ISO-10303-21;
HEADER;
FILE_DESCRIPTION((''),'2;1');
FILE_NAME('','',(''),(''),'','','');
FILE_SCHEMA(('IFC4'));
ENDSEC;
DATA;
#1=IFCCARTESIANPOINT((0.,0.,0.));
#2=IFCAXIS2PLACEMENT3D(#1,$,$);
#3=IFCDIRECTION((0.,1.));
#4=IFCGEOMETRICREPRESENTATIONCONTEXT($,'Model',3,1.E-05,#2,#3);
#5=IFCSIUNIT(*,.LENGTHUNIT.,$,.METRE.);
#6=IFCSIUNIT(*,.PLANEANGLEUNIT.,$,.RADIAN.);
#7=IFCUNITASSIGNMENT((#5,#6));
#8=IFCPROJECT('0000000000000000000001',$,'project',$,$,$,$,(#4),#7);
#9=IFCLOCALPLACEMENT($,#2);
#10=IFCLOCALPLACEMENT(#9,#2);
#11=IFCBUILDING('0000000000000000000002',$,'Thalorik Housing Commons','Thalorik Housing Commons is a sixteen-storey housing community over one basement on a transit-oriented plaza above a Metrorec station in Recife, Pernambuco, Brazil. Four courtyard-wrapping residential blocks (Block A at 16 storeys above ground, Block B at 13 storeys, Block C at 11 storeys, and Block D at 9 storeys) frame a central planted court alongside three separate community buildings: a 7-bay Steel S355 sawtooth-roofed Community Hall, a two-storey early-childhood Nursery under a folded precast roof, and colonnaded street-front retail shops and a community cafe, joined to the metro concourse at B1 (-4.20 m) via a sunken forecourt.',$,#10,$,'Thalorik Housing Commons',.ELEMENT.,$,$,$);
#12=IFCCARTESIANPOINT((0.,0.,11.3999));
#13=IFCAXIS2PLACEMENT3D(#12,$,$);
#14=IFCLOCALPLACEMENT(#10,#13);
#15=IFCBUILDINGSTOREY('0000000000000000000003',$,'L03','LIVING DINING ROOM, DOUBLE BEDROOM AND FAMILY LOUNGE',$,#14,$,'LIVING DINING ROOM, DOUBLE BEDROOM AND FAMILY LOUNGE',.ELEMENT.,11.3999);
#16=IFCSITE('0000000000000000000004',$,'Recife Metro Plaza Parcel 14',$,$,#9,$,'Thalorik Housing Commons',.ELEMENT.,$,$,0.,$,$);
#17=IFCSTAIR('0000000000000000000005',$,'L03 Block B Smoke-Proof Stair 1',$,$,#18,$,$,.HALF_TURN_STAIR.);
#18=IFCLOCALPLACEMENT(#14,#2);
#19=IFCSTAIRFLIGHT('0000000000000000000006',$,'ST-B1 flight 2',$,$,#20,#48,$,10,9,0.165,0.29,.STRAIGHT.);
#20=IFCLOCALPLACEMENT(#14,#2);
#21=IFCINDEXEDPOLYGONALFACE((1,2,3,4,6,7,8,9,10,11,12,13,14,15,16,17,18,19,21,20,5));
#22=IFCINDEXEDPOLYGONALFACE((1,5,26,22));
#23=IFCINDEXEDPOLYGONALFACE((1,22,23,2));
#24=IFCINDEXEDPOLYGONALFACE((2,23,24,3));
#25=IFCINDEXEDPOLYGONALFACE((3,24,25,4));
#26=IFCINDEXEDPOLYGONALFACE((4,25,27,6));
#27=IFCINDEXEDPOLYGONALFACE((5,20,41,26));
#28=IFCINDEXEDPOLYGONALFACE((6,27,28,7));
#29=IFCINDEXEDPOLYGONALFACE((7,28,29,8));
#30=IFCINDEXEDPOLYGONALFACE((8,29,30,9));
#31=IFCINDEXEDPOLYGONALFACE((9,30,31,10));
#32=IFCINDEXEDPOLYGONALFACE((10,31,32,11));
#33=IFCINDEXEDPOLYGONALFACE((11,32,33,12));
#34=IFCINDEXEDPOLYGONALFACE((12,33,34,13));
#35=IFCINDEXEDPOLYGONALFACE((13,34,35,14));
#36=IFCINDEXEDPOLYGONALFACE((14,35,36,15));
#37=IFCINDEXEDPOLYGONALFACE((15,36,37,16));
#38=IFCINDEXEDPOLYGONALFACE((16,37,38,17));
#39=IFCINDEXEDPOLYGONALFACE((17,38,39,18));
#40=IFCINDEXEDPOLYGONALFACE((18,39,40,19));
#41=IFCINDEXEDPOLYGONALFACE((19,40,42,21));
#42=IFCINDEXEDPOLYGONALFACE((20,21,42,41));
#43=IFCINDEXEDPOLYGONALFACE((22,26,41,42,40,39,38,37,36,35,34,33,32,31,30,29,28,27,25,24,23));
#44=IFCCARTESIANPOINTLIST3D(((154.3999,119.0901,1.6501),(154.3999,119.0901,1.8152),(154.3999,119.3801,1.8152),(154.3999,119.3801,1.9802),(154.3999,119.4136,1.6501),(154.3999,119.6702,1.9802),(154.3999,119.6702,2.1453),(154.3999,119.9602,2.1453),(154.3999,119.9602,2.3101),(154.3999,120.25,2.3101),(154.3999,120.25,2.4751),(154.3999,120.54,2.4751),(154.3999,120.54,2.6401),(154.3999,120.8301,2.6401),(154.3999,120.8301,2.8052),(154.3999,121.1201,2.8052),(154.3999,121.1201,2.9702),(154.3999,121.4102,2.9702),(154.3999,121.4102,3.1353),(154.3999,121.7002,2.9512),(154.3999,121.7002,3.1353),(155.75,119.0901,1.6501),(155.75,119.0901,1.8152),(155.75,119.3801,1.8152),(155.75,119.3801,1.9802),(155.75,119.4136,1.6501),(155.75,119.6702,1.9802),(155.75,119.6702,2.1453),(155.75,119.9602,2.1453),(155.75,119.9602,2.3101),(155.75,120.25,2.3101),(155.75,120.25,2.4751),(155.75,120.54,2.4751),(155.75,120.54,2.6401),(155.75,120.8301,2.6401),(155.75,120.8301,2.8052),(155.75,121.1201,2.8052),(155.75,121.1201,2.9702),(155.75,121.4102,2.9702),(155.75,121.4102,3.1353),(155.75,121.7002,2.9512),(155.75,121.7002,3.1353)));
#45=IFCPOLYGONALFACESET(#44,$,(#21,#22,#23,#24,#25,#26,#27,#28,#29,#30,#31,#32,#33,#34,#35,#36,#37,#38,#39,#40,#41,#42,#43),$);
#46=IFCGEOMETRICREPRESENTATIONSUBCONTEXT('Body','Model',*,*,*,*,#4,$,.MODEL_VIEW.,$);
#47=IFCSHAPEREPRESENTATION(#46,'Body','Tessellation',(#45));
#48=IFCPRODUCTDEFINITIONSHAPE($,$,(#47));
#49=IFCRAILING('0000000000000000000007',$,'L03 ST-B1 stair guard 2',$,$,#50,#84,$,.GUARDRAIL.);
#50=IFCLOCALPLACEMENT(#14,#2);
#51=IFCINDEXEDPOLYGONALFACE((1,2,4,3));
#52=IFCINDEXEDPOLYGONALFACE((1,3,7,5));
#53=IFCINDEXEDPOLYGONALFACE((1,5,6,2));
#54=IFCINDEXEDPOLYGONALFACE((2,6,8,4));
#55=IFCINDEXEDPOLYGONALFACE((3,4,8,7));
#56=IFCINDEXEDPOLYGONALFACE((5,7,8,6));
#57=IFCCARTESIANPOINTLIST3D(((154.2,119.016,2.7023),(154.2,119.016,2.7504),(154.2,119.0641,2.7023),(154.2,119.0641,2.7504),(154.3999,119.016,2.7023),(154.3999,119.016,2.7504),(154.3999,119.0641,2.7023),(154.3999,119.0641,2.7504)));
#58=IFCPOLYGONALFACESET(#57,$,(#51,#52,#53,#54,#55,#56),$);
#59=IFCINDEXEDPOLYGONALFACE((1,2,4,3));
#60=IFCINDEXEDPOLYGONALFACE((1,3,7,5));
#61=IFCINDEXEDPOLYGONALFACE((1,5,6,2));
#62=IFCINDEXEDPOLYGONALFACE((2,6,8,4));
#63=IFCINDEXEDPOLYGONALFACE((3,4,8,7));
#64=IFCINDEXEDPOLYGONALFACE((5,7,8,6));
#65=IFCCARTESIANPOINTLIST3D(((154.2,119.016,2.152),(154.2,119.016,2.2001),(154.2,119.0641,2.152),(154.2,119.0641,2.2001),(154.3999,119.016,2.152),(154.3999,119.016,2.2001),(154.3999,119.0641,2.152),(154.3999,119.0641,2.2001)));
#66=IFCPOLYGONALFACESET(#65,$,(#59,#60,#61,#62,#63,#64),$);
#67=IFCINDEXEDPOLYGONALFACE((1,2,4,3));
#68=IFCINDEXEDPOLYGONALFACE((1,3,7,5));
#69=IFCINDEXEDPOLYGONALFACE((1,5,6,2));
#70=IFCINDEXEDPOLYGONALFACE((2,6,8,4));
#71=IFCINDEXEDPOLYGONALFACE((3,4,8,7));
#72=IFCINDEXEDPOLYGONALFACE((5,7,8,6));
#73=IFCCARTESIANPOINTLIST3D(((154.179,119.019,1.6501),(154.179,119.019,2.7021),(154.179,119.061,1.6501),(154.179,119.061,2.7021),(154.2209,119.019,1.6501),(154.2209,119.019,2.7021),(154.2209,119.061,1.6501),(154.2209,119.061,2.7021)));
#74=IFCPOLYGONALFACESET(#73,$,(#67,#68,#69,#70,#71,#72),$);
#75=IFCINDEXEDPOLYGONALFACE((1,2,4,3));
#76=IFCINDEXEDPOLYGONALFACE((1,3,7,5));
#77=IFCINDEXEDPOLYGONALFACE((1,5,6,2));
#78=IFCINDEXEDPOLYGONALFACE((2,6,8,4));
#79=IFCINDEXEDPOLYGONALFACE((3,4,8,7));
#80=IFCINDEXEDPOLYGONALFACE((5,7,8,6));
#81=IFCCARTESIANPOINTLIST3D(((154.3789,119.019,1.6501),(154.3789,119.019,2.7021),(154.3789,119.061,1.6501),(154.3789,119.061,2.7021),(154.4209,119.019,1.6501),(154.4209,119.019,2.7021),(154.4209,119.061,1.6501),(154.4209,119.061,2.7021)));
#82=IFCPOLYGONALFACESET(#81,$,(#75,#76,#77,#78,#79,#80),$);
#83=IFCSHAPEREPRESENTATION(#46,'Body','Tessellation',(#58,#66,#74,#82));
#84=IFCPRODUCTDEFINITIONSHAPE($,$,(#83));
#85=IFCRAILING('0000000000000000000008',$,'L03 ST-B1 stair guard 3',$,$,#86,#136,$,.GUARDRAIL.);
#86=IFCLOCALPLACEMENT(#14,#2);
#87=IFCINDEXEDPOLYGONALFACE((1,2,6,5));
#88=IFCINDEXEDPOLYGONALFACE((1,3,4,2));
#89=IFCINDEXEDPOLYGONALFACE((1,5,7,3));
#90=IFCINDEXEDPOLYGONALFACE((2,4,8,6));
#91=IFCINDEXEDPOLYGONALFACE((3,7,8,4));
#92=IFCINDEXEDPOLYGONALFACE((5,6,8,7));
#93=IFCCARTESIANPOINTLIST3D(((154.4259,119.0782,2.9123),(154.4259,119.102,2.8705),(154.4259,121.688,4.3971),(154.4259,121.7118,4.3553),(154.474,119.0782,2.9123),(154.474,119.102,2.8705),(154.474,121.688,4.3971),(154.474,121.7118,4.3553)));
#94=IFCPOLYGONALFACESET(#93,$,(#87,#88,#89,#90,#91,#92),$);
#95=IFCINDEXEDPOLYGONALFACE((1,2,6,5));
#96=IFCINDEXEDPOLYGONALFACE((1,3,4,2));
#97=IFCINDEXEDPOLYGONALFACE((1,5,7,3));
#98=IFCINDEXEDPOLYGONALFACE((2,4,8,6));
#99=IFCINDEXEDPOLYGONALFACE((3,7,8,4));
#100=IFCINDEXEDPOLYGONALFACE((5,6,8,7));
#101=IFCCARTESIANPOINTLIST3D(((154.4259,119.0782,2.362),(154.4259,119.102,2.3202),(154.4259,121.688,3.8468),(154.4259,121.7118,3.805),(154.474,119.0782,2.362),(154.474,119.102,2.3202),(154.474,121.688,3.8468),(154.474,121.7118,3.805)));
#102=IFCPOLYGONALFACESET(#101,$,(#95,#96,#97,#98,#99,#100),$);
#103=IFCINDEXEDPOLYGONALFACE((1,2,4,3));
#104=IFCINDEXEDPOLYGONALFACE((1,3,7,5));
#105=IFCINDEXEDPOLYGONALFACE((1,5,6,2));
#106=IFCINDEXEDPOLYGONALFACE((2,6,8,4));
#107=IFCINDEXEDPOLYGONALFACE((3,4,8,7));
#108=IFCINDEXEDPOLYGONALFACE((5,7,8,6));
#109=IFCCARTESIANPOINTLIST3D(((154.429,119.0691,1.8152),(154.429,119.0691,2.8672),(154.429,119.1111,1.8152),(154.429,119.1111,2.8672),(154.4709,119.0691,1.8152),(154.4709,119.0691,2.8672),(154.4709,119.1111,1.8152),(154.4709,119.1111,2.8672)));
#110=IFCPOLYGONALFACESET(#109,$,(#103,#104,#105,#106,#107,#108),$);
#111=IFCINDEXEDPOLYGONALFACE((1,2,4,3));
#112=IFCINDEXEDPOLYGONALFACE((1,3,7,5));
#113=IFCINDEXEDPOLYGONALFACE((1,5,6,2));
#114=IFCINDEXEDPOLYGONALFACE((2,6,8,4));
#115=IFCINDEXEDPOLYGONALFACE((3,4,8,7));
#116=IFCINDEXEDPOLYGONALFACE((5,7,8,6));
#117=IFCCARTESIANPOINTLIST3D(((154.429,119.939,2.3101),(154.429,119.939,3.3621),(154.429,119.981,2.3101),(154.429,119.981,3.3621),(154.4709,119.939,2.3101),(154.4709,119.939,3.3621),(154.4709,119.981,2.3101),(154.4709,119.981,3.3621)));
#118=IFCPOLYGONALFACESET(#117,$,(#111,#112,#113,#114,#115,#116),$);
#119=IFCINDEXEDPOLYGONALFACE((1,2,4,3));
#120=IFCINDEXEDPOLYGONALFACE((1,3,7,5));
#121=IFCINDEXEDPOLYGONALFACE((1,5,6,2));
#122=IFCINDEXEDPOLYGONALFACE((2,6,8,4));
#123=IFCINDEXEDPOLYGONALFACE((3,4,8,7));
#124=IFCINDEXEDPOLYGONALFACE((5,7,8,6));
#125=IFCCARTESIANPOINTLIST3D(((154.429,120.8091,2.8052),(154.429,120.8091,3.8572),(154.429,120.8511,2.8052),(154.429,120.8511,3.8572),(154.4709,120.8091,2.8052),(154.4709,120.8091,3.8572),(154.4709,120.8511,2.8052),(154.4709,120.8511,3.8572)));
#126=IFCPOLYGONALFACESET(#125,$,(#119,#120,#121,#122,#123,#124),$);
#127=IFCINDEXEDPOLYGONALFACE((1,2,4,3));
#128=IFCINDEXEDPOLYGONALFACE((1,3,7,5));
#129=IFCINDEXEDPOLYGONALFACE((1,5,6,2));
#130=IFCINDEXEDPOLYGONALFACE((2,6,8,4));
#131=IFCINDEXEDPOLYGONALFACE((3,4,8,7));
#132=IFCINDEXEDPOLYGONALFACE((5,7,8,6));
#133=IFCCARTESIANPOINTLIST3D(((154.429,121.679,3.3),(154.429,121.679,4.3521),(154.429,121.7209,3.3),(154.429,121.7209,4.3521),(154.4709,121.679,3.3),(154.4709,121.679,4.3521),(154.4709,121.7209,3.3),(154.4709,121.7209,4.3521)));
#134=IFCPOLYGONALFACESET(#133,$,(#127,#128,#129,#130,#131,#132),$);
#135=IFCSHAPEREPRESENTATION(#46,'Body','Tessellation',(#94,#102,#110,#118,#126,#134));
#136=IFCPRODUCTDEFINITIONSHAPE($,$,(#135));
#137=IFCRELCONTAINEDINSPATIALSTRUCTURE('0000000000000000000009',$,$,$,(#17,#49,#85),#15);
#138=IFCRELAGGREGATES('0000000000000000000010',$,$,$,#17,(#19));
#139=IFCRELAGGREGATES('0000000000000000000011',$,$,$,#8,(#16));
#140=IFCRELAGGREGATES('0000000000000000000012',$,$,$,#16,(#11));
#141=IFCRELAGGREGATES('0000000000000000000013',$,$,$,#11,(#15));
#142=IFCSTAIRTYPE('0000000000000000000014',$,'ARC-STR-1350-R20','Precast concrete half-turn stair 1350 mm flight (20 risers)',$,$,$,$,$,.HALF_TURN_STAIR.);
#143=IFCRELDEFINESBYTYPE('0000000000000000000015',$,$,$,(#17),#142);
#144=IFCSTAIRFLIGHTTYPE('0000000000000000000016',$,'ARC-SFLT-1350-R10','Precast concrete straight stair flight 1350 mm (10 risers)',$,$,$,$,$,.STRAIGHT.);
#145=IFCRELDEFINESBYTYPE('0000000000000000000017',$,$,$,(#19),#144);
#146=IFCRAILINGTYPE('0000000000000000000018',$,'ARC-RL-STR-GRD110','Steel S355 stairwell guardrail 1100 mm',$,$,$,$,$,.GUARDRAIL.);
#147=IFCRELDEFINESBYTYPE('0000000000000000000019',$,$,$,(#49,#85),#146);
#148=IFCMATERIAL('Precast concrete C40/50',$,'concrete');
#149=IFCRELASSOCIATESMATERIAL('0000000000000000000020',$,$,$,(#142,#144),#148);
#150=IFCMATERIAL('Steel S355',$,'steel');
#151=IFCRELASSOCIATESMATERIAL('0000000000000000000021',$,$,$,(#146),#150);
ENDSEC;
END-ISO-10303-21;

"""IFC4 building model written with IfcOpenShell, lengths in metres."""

from ifc_helpers import new_model, si_unit, direction, frame, origin, origin_2d, place, context, subcontext, project, spatial, polyline, rectangle, outline, extrude, material, type_object, element, aggregate, save


model = new_model("IFC4")

# Units and contexts
model_context = context("Model", 3, precision=1e-05, world=origin(), true_north=direction((0.0, 1.0)))
body_context = subcontext(model_context, "Body", "Model", "MODEL_VIEW")
ifc_project = project(units=[si_unit("LENGTHUNIT", "METRE"), si_unit("PLANEANGLEUNIT", "RADIAN")], contexts=[model_context])

# Site, building, storey
site_placement = place(None, origin())
site = spatial("IfcSite", under=ifc_project, at=site_placement, Name="Recife Metro Plaza Parcel 14", LongName="Thalorik Housing Commons", CompositionType="ELEMENT", RefElevation=0.0)
building_placement = place(site_placement, origin())
building = spatial("IfcBuilding", under=site, at=building_placement, Name="Thalorik Housing Commons", Description="Thalorik Housing Commons is a sixteen-storey housing community over one basement on a transit-oriented plaza above a Metrorec station in Recife, Pernambuco, Brazil. Four courtyard-wrapping residential blocks (Block A at 16 storeys above ground, Block B at 13 storeys, Block C at 11 storeys, and Block D at 9 storeys) frame a central planted court alongside three separate community buildings: a 7-bay Steel S355 sawtooth-roofed Community Hall, a two-storey early-childhood Nursery under a folded precast roof, and colonnaded street-front retail shops and a community cafe, joined to the metro concourse at B1 (-4.20 m) via a sunken forecourt.", LongName="Thalorik Housing Commons", CompositionType="ELEMENT")
storey_placement = place(building_placement, frame((0.0, 0.0, 11.3999)))
storey = spatial("IfcBuildingStorey", under=building, at=storey_placement, Name="L03", Description="LIVING DINING ROOM, DOUBLE BEDROOM AND FAMILY LOUNGE", LongName="LIVING DINING ROOM, DOUBLE BEDROOM AND FAMILY LOUNGE", CompositionType="ELEMENT", Elevation=11.3999)

# Shared definitions
ifc_material_1 = material(Name="Precast concrete C40/50", Category="concrete")

# Shared definitions
ifc_material_2 = material(Name="Steel S355", Category="steel")

# Stair, stair flight
stair_type = type_object("IfcStairType", Name="ARC-STR-1350-R20", Description="Precast concrete half-turn stair 1350 mm flight (20 risers)", PredefinedType="HALF_TURN_STAIR", material=ifc_material_1)
stair_placement = place(storey_placement, origin())
stair = element("IfcStair", 1, at=stair_placement, inside=storey, type_object=stair_type, Name="L03 Block B Smoke-Proof Stair 1", PredefinedType="HALF_TURN_STAIR")
stair_flight_type = type_object("IfcStairFlightType", Name="ARC-SFLT-1350-R10", Description="Precast concrete straight stair flight 1350 mm (10 risers)", PredefinedType="STRAIGHT", material=ifc_material_1)
stair_flight_placement = place(storey_placement, frame((155.075, 119.0901, 1.6501), z_axis=(0.0, 0.0, 1.0), x_axis=(0.0, 1.0, 0.0)))
stair_flight = element("IfcStairFlight", 2, at=stair_flight_placement, type_object=stair_flight_type, Name="ST-B1 flight 2", NumberOfRisers=10, NumberOfTreads=9, PredefinedType="STRAIGHT", RiserHeight=0.165, TreadLength=0.29, context=body_context, shape_type="SweptSolid", body=[
    extrude(outline(polyline([(0.0, 0.0), (0.0, 0.165), (0.29, 0.165), (0.29, 0.3301), (0.5801, 0.3301), (0.5801, 0.4951), (0.8701, 0.4951), (0.8701, 0.6599), (1.1599, 0.6599), (1.1599, 0.825), (1.45, 0.825), (1.45, 0.99), (1.74, 0.99), (1.74, 1.155), (2.03, 1.155), (2.03, 1.3201), (2.3201, 1.3201), (2.3201, 1.4851), (2.6101, 1.4851), (2.6101, 1.6499), (2.6101, 1.301), (0.3235, 0.0), (0.0, 0.0)])), frame((0.0, 0.675, 0.0), z_axis=(0.0, -1.0, 0.0), x_axis=(1.0, 0.0, 0.0)), (0.0, 0.0, 1.0), 1.3501),
])
aggregate(stair, [stair_flight])

# Railings
railing_type = type_object("IfcRailingType", Name="ARC-RL-STR-GRD110", Description="Steel S355 stairwell guardrail 1100 mm", PredefinedType="GUARDRAIL", material=ifc_material_2)
railing_1_placement = place(storey_placement, frame((154.2, 119.04, 1.6501)))
element("IfcRailing", 3, at=railing_1_placement, inside=storey, type_object=railing_type, Name="L03 ST-B1 stair guard 2", PredefinedType="GUARDRAIL", context=body_context, shape_type="SweptSolid", body=[
    extrude(rectangle(XDim=0.0481, YDim=0.0481, at=origin_2d()), frame((0.0, 0.0, 1.0762), z_axis=(1.0, 0.0, 0.0), x_axis=(0.0, 1.0, 0.0)), (0.0, 0.0, 1.0), 0.2),
    extrude(rectangle(XDim=0.0481, YDim=0.0481, at=origin_2d()), frame((0.0, 0.0, 0.5259), z_axis=(1.0, 0.0, 0.0), x_axis=(0.0, 1.0, 0.0)), (0.0, 0.0, 1.0), 0.2),
    extrude(rectangle(XDim=0.042, YDim=0.042, at=origin_2d()), origin(), (0.0, 0.0, 1.0), 1.052),
    extrude(rectangle(XDim=0.042, YDim=0.042, at=origin_2d()), frame((0.2, 0.0, 0.0)), (0.0, 0.0, 1.0), 1.052),
])
railing_2_placement = place(storey_placement, frame((154.45, 119.0901, 1.8152)))
element("IfcRailing", 4, at=railing_2_placement, inside=storey, type_object=railing_type, Name="L03 ST-B1 stair guard 3", PredefinedType="GUARDRAIL", context=body_context, shape_type="SweptSolid", body=[
    extrude(rectangle(XDim=0.0481, YDim=0.0481, at=origin_2d()), frame((0.0, 0.0, 1.0762), z_axis=(0.0, 0.869172, 0.494509), x_axis=(-1.0, 0.0, 0.0)), (0.0, 0.0, 1.0), 3.0027),
    extrude(rectangle(XDim=0.0481, YDim=0.0481, at=origin_2d()), frame((0.0, 0.0, 0.5259), z_axis=(0.0, 0.869172, 0.494509), x_axis=(-1.0, 0.0, 0.0)), (0.0, 0.0, 1.0), 3.0027),
    extrude(rectangle(XDim=0.042, YDim=0.042, at=origin_2d()), origin(), (0.0, 0.0, 1.0), 1.052),
    extrude(rectangle(XDim=0.042, YDim=0.042, at=origin_2d()), frame((0.0, 0.8699, 0.4949)), (0.0, 0.0, 1.0), 1.052),
    extrude(rectangle(XDim=0.042, YDim=0.042, at=origin_2d()), frame((0.0, 1.74, 0.99)), (0.0, 0.0, 1.0), 1.052),
    extrude(rectangle(XDim=0.042, YDim=0.042, at=origin_2d()), frame((0.0, 2.6099, 1.4849)), (0.0, 0.0, 1.0), 1.052),
])

save(model, "model.ifc")
